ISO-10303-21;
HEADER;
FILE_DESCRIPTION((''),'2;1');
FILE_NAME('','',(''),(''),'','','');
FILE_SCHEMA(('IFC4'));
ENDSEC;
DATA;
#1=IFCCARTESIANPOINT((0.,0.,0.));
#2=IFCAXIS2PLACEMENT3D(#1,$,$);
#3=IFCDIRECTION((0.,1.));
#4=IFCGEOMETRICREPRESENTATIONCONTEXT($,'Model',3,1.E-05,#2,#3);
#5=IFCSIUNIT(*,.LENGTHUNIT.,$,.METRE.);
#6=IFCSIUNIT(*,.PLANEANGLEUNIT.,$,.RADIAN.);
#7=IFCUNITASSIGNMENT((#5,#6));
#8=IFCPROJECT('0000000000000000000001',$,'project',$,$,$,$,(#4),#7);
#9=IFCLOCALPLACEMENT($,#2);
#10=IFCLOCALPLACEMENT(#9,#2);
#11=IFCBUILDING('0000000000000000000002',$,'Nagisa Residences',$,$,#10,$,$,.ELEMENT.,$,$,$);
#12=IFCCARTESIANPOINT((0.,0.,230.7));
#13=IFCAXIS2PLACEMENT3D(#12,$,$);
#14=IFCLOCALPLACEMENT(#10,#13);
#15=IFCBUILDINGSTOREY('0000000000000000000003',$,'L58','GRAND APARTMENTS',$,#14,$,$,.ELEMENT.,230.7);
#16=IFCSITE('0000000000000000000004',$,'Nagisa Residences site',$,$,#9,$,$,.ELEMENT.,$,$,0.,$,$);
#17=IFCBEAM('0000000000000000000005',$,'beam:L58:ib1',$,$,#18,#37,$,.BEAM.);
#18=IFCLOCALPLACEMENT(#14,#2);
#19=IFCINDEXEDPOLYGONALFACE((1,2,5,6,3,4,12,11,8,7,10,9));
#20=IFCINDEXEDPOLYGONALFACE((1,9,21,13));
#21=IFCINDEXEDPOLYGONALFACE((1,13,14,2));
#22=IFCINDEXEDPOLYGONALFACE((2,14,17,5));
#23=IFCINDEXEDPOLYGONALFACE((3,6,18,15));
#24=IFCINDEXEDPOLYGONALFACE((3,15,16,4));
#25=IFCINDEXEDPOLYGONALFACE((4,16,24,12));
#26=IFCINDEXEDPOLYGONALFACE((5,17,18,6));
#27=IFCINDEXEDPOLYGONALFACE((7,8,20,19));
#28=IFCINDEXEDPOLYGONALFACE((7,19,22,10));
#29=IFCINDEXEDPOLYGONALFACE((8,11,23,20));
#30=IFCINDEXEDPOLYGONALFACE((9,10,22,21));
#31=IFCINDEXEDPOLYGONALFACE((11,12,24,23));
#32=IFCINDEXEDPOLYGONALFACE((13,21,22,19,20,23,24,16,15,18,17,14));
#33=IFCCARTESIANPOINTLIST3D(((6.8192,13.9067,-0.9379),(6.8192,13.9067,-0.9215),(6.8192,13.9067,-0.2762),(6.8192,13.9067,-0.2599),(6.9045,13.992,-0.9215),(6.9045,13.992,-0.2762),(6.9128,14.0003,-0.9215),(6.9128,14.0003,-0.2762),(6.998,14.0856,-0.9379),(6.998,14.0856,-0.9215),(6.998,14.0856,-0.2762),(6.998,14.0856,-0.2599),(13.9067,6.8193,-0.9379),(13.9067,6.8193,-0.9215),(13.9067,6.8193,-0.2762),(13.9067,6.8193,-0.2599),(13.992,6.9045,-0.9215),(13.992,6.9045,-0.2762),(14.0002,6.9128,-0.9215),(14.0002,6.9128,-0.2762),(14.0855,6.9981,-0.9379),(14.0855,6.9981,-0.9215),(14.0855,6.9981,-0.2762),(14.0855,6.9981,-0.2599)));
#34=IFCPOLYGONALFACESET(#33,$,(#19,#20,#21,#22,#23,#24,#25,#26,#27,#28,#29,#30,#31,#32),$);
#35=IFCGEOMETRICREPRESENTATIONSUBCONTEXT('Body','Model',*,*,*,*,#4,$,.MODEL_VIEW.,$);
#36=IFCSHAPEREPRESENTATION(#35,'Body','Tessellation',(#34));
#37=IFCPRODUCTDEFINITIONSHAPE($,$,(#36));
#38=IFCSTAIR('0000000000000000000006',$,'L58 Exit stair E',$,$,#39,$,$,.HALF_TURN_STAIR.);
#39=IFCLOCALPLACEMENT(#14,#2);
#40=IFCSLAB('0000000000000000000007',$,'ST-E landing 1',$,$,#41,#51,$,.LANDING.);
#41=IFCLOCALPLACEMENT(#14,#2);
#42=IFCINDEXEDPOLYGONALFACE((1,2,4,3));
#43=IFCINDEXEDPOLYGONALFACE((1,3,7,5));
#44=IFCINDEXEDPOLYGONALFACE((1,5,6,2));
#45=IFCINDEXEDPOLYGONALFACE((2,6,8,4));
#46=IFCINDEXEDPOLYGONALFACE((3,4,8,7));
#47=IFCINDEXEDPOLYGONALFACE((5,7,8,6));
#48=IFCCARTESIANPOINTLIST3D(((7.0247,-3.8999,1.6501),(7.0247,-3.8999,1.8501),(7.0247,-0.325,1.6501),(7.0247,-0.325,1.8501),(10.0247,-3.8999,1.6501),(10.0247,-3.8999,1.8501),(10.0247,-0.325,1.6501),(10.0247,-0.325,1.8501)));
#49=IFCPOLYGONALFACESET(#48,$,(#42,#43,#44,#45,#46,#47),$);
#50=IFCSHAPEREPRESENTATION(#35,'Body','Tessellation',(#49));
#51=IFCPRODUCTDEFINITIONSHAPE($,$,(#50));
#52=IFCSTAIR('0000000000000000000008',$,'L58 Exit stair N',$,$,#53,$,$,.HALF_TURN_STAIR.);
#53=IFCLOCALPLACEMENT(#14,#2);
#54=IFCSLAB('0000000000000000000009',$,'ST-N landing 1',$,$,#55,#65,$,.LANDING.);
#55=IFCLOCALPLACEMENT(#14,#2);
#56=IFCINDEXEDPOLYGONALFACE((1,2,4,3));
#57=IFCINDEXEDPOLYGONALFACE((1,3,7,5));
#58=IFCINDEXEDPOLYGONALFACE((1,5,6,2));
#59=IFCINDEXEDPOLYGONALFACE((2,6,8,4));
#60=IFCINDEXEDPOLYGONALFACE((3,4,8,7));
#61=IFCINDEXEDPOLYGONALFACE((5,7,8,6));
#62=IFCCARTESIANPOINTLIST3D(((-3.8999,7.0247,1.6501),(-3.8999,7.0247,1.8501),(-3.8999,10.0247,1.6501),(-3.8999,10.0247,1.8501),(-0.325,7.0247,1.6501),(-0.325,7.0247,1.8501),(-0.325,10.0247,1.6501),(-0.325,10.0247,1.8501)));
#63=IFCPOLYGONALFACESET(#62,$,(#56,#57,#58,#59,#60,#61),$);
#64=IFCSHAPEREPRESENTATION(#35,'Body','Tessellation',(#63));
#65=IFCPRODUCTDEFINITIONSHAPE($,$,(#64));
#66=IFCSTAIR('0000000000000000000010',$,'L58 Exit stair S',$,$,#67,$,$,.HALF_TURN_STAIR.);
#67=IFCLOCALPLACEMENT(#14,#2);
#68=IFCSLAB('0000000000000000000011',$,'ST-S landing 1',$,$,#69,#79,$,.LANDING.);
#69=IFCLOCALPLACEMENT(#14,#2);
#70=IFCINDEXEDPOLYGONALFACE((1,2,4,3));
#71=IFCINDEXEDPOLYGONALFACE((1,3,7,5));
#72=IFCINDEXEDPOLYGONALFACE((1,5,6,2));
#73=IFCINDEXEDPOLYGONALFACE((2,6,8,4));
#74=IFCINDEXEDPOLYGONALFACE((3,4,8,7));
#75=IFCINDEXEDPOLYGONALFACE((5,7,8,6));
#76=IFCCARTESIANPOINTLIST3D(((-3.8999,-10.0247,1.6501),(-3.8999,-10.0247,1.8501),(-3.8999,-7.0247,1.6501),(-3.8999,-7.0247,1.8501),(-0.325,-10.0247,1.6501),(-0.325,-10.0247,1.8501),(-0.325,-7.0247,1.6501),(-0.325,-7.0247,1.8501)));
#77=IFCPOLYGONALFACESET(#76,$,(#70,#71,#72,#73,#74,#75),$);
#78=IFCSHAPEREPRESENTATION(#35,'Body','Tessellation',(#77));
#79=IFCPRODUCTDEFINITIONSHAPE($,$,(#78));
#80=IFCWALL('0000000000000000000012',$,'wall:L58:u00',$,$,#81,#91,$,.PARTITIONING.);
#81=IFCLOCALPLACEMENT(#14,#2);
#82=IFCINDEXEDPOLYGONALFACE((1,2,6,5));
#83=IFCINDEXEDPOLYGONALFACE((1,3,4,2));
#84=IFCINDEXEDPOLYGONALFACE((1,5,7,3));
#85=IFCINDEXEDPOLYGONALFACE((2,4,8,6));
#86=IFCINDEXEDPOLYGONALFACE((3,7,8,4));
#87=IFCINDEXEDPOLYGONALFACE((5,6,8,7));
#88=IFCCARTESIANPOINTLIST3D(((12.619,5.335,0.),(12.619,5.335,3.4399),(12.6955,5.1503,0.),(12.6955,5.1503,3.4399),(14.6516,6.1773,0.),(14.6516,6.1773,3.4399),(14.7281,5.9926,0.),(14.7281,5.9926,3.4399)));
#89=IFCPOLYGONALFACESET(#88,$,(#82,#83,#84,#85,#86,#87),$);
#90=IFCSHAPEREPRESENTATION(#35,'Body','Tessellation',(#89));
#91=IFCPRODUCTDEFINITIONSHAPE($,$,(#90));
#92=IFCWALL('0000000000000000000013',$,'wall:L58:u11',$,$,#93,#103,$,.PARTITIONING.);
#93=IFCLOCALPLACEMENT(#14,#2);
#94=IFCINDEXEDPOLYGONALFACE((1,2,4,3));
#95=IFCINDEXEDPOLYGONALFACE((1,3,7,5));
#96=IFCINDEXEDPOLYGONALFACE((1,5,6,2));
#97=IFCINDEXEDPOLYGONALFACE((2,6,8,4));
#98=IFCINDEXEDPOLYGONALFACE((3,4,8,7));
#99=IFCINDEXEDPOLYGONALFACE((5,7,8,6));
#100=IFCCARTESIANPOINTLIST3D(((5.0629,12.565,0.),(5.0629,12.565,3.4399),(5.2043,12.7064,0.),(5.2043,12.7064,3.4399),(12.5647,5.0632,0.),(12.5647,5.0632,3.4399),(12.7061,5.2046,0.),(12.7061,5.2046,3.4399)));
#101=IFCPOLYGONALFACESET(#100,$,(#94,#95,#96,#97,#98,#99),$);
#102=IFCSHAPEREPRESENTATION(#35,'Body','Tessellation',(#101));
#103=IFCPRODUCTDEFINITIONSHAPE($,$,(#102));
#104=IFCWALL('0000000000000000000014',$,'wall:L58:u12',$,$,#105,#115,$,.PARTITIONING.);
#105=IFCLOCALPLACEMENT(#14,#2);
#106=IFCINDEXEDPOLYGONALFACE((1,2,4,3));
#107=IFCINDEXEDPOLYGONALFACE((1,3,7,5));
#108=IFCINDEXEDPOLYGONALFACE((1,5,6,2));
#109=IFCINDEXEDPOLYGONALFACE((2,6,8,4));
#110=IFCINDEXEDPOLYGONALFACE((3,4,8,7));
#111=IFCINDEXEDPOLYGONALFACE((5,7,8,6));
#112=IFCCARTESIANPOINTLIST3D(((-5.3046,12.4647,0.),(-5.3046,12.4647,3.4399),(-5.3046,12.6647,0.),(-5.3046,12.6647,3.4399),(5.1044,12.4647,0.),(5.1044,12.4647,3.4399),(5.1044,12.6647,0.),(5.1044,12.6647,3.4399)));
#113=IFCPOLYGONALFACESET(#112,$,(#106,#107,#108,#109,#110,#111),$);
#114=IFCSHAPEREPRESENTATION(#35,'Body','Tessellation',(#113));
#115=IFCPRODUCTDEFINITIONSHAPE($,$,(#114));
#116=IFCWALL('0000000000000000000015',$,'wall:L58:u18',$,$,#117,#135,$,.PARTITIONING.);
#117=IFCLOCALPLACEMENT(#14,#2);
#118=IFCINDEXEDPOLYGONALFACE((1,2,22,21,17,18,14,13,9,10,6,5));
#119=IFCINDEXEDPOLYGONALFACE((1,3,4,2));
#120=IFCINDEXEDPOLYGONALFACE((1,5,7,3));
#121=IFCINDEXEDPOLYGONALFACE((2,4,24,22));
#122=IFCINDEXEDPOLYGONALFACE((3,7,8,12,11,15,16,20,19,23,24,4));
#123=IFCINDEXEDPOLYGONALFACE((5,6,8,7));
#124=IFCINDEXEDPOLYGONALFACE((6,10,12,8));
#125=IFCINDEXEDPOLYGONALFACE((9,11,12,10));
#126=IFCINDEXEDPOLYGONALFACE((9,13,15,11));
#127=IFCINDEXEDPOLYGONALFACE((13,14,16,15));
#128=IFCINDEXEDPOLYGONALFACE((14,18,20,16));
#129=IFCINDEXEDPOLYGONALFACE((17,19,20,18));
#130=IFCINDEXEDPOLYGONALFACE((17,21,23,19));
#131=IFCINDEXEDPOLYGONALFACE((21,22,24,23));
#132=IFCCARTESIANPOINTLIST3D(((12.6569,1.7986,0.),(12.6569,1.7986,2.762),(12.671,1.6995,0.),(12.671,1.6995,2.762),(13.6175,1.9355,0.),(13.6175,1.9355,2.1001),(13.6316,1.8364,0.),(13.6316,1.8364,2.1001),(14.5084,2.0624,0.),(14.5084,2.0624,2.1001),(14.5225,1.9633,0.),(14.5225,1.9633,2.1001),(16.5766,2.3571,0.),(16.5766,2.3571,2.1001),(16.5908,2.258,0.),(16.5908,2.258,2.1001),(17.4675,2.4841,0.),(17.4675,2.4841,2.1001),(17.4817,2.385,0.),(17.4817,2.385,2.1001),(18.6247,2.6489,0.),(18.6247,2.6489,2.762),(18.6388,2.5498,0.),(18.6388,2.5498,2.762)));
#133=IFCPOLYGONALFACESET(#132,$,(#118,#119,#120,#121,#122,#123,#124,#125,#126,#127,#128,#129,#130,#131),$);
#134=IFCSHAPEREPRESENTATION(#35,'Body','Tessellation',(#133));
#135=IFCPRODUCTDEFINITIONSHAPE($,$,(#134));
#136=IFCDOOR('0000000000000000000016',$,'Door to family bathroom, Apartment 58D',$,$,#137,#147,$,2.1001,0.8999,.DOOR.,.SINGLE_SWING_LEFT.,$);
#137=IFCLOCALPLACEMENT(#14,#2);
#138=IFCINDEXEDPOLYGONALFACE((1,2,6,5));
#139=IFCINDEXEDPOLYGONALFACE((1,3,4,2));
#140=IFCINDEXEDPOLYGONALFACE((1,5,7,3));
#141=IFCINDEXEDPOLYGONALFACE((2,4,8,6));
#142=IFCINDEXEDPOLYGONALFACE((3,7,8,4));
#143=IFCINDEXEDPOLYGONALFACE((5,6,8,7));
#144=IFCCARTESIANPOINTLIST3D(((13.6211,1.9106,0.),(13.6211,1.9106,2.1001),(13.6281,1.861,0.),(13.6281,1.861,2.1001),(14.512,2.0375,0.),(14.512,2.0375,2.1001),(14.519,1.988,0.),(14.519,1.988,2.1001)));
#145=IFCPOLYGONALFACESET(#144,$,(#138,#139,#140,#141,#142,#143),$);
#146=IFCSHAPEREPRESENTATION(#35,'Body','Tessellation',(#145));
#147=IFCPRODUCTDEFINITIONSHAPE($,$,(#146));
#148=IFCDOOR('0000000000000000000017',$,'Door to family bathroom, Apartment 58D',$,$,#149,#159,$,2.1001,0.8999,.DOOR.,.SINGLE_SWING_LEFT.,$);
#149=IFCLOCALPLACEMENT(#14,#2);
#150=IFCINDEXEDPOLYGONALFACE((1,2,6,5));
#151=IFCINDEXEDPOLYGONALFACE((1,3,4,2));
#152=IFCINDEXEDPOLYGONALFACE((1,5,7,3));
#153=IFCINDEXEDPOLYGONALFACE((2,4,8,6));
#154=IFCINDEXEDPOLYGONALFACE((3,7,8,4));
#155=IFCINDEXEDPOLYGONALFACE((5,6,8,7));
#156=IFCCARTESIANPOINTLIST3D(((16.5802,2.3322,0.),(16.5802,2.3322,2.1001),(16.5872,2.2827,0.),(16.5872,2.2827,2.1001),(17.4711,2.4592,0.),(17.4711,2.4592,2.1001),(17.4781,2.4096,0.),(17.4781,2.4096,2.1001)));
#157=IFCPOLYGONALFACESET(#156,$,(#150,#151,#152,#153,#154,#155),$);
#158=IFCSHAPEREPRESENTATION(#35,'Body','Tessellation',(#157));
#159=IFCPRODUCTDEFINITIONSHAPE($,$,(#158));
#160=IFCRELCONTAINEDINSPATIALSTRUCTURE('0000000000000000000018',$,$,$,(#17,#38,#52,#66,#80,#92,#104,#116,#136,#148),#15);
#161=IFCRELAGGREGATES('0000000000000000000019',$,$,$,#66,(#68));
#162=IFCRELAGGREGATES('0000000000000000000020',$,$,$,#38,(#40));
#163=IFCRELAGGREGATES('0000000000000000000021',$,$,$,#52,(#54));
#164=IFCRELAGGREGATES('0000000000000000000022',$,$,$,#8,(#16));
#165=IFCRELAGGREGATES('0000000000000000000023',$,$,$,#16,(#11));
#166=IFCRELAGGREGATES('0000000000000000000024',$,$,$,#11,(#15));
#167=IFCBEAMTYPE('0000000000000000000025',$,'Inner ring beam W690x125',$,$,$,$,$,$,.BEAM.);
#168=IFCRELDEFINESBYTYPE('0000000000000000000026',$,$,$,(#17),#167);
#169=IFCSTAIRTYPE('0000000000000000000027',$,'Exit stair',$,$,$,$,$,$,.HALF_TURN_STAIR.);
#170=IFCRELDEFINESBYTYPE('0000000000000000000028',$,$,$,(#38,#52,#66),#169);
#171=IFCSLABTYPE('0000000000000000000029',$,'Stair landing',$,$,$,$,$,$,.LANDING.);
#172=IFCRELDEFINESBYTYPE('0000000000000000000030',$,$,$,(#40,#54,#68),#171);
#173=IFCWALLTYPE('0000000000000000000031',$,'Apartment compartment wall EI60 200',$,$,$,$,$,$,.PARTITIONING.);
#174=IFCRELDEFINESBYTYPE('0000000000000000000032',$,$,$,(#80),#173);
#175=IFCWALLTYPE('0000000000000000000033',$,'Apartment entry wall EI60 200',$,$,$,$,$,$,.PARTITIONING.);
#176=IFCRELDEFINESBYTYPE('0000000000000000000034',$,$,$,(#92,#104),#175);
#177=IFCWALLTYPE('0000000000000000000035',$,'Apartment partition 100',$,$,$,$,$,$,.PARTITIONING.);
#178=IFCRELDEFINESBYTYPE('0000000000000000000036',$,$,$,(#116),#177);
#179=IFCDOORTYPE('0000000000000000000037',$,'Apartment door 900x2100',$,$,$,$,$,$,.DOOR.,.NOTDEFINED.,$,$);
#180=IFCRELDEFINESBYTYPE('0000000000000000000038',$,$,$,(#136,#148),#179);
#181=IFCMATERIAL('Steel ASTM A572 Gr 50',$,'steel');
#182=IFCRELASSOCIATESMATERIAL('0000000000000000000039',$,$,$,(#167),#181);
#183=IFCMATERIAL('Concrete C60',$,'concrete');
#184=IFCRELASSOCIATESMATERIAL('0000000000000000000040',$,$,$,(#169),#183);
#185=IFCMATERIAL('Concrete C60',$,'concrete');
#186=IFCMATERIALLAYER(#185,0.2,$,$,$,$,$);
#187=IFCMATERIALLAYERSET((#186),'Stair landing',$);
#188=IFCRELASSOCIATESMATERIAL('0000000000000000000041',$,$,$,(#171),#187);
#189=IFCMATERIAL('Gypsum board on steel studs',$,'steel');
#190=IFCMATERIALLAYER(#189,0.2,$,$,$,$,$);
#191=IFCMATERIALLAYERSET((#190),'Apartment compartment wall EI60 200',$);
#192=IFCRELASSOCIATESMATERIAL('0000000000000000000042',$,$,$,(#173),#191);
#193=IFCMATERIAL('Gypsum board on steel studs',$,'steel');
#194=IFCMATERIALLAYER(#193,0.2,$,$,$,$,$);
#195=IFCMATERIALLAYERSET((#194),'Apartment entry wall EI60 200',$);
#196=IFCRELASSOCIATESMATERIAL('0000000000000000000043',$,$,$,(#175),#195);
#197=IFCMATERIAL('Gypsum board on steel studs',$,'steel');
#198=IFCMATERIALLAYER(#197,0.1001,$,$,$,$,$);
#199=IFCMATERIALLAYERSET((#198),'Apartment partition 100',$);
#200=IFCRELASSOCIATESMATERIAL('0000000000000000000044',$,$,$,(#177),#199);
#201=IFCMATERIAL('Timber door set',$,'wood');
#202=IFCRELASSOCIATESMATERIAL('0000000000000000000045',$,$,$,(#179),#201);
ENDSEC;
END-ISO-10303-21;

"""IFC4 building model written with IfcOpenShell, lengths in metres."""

from ifc_helpers import new_model, si_unit, direction, frame, frame_2d, origin, origin_2d, place, context, subcontext, project, spatial, polyline, rectangle, i_section, outline, extrude, material, layer, layer_set, material_profile, profile_set, type_object, element, fill, aggregate, save


model = new_model("IFC4")

# Units and contexts
model_context = context("Model", 3, precision=1e-05, world=origin(), true_north=direction((0.0, 1.0)))
body_context = subcontext(model_context, "Body", "Model", "MODEL_VIEW")
ifc_project = project(units=[si_unit("LENGTHUNIT", "METRE"), si_unit("PLANEANGLEUNIT", "RADIAN")], contexts=[model_context])

# Site, building, storey
site_placement = place(None, origin())
site = spatial("IfcSite", under=ifc_project, at=site_placement, Name="Nagisa Residences site", CompositionType="ELEMENT", RefElevation=0.0)
building_placement = place(site_placement, origin())
building = spatial("IfcBuilding", under=site, at=building_placement, Name="Nagisa Residences", CompositionType="ELEMENT")
storey_placement = place(building_placement, frame((0.0, 0.0, 230.7)))
storey = spatial("IfcBuildingStorey", under=building, at=storey_placement, Name="L58", Description="GRAND APARTMENTS", CompositionType="ELEMENT", Elevation=230.7)

# Beam
ifc_material_1 = material(Name="Steel ASTM A572 Gr 50", Category="steel")
ifc_material_profile = material_profile(ifc_material_1, i_section(OverallWidth=0.2529, OverallDepth=0.678, WebThickness=0.0117, FlangeThickness=0.0164, at=origin_2d()), Name="W690x125")
ifc_profile_set = profile_set([ifc_material_profile], Name="Steel ASTM A572 Gr 50")
beam_type = type_object("IfcBeamType", Name="Inner ring beam W690x125", PredefinedType="BEAM", material=ifc_profile_set)
beam_placement = place(storey_placement, frame((13.9961, 6.9087, -0.5989), z_axis=(-0.707107, 0.707107, 0.0), x_axis=(-0.707107, -0.707107, 0.0)))
element("IfcBeam", 1, at=beam_placement, inside=storey, type_object=beam_type, Name="beam:L58:ib1", PredefinedType="BEAM", context=body_context, shape_type="SweptSolid", body=[
    extrude(i_section(OverallWidth=0.2529, OverallDepth=0.678, WebThickness=0.0117, FlangeThickness=0.0164, at=origin_2d()), origin(), (0.0, 0.0, 1.0), 10.0232),
])

# Stairs, slabs
ifc_material_2 = material(Name="Concrete C60", Category="concrete")
stair_type = type_object("IfcStairType", Name="Exit stair", PredefinedType="HALF_TURN_STAIR", material=ifc_material_2)
stair_1_placement = place(storey_placement, origin())
stair_1 = element("IfcStair", 2, at=stair_1_placement, inside=storey, type_object=stair_type, Name="L58 Exit stair E", PredefinedType="HALF_TURN_STAIR")
ifc_material_3 = material(Name="Concrete C60", Category="concrete")
ifc_layer_1 = layer(ifc_material_3, 0.2)
ifc_layer_set_1 = layer_set([ifc_layer_1], Name="Stair landing")
slab_type = type_object("IfcSlabType", Name="Stair landing", PredefinedType="LANDING", material=ifc_layer_set_1)
slab_1_placement = place(storey_placement, frame((0.0, 0.0, 1.6501)))
slab_1 = element("IfcSlab", 3, at=slab_1_placement, type_object=slab_type, Name="ST-E landing 1", PredefinedType="LANDING", context=body_context, shape_type="SweptSolid", body=[
    extrude(outline(polyline([(7.0247, -0.325), (7.0247, -3.8999), (10.0247, -3.8999), (10.0247, -0.325), (7.0247, -0.325)])), origin(), (0.0, 0.0, 1.0), 0.2),
])
stair_2_placement = place(storey_placement, origin())
stair_2 = element("IfcStair", 4, at=stair_2_placement, inside=storey, type_object=stair_type, Name="L58 Exit stair N", PredefinedType="HALF_TURN_STAIR")
slab_2_placement = place(storey_placement, frame((0.0, 0.0, 1.6501)))
slab_2 = element("IfcSlab", 5, at=slab_2_placement, type_object=slab_type, Name="ST-N landing 1", PredefinedType="LANDING", context=body_context, shape_type="SweptSolid", body=[
    extrude(outline(polyline([(-0.325, 10.0247), (-3.8999, 10.0247), (-3.8999, 7.0247), (-0.325, 7.0247), (-0.325, 10.0247)])), origin(), (0.0, 0.0, 1.0), 0.2),
])
stair_3_placement = place(storey_placement, origin())
stair_3 = element("IfcStair", 6, at=stair_3_placement, inside=storey, type_object=stair_type, Name="L58 Exit stair S", PredefinedType="HALF_TURN_STAIR")
slab_3_placement = place(storey_placement, frame((0.0, 0.0, 1.6501)))
slab_3 = element("IfcSlab", 7, at=slab_3_placement, type_object=slab_type, Name="ST-S landing 1", PredefinedType="LANDING", context=body_context, shape_type="SweptSolid", body=[
    extrude(outline(polyline([(-0.325, -7.0247), (-3.8999, -7.0247), (-3.8999, -10.0247), (-0.325, -10.0247), (-0.325, -7.0247)])), origin(), (0.0, 0.0, 1.0), 0.2),
])
aggregate(stair_3, [slab_3])

# Walls
ifc_material_4 = material(Name="Gypsum board on steel studs", Category="steel")
ifc_layer_2 = layer(ifc_material_4, 0.2)
ifc_layer_set_2 = layer_set([ifc_layer_2], Name="Apartment compartment wall EI60 200")
wall_type_1 = type_object("IfcWallType", Name="Apartment compartment wall EI60 200", PredefinedType="PARTITIONING", material=ifc_layer_set_2)
wall_1_placement = place(storey_placement, frame((12.6572, 5.2427, 0.0), z_axis=(0.0, 0.0, 1.0), x_axis=(0.92383, 0.382803, 0.0)))
element("IfcWall", 8, at=wall_1_placement, inside=storey, type_object=wall_type_1, Name="wall:L58:u00", PredefinedType="PARTITIONING", context=body_context, shape_type="SweptSolid", body=[
    extrude(rectangle(XDim=2.2002, YDim=0.2, at=frame_2d((1.1001, 0.0))), origin(), (0.0, 0.0, 1.0), 3.4399),
])
ifc_material_5 = material(Name="Gypsum board on steel studs", Category="steel")
ifc_layer_3 = layer(ifc_material_5, 0.2)
ifc_layer_set_3 = layer_set([ifc_layer_3], Name="Apartment entry wall EI60 200")
wall_type_2 = type_object("IfcWallType", Name="Apartment entry wall EI60 200", PredefinedType="PARTITIONING", material=ifc_layer_set_3)
wall_2_placement = place(storey_placement, frame((12.6355, 5.1338, 0.0), z_axis=(0.0, 0.0, 1.0), x_axis=(-0.707107, 0.707107, 0.0)))
element("IfcWall", 9, at=wall_2_placement, inside=storey, type_object=wall_type_2, Name="wall:L58:u11", PredefinedType="PARTITIONING", context=body_context, shape_type="SweptSolid", body=[
    extrude(rectangle(XDim=10.6091, YDim=0.2, at=frame_2d((5.3047, 0.0))), origin(), (0.0, 0.0, 1.0), 3.4399),
])
wall_3_placement = place(storey_placement, frame((5.1045, 12.5647, 0.0), z_axis=(0.0, 0.0, 1.0), x_axis=(-1.0, 0.0, 0.0)))
element("IfcWall", 10, at=wall_3_placement, inside=storey, type_object=wall_type_2, Name="wall:L58:u12", PredefinedType="PARTITIONING", context=body_context, shape_type="SweptSolid", body=[
    extrude(rectangle(XDim=10.4089, YDim=0.2, at=frame_2d((5.2046, 0.0))), origin(), (0.0, 0.0, 1.0), 3.4399),
])

# Wall, openings, doors
ifc_material_6 = material(Name="Gypsum board on steel studs", Category="steel")
ifc_layer_4 = layer(ifc_material_6, 0.1001)
ifc_layer_set_4 = layer_set([ifc_layer_4], Name="Apartment partition 100")
wall_type_3 = type_object("IfcWallType", Name="Apartment partition 100", PredefinedType="PARTITIONING", material=ifc_layer_set_4)
wall_4_placement = place(storey_placement, frame((12.6638, 1.749, 0.0), z_axis=(0.0, 0.0, 1.0), x_axis=(0.99, 0.141064, 0.0)))
wall_4 = element("IfcWall", 11, at=wall_4_placement, inside=storey, type_object=wall_type_3, Name="wall:L58:u18", PredefinedType="PARTITIONING", context=body_context, shape_type="SweptSolid", body=[
    extrude(rectangle(XDim=6.0281, YDim=0.1001, at=frame_2d((3.0142, 0.0))), origin(), (0.0, 0.0, 1.0), 2.762),
])
opening_1_placement = place(wall_4_placement, frame((0.9705, 0.0, 0.0)))
opening_1 = element("IfcOpeningElement", 12, at=opening_1_placement, cuts=wall_4, PredefinedType="OPENING", context=body_context, shape_type="SweptSolid", body=[
    extrude(rectangle(XDim=0.8999, YDim=2.1001, at=frame_2d((0.45, 1.05))), frame((0.0, 0.0601, 0.0), z_axis=(0.0, -1.0, 0.0), x_axis=(1.0, 0.0, 0.0)), (0.0, 0.0, 1.0), 0.1201),
])
opening_2_placement = place(wall_4_placement, frame((3.9595, 0.0, 0.0)))
opening_2 = element("IfcOpeningElement", 13, at=opening_2_placement, cuts=wall_4, PredefinedType="OPENING", context=body_context, shape_type="SweptSolid", body=[
    extrude(rectangle(XDim=0.8999, YDim=2.1001, at=frame_2d((0.45, 1.05))), frame((0.0, 0.0601, 0.0), z_axis=(0.0, -1.0, 0.0), x_axis=(1.0, 0.0, 0.0)), (0.0, 0.0, 1.0), 0.1201),
])
ifc_material_7 = material(Name="Timber door set", Category="wood")
door_type_1 = type_object("IfcDoorType", Name="Apartment door 900x2100", OperationType="NOTDEFINED", PredefinedType="DOOR", material=ifc_material_7)
door_1_placement = place(opening_1_placement, origin())
door_1 = element("IfcDoor", 14, at=door_1_placement, inside=storey, type_object=door_type_1, Name="Door to family bathroom, Apartment 58D", OperationType="SINGLE_SWING_LEFT", OverallHeight=2.1001, OverallWidth=0.8999, PredefinedType="DOOR", context=body_context, shape_type="SweptSolid", body=[
    extrude(rectangle(XDim=0.8999, YDim=2.1001, at=frame_2d((0.45, 1.05))), frame((0.0, 0.0249, 0.0), z_axis=(0.0, -1.0, 0.0), x_axis=(1.0, 0.0, 0.0)), (0.0, 0.0, 1.0), 0.05),
])
fill(opening_1, door_1)
door_2_placement = place(opening_2_placement, origin())
door_2 = element("IfcDoor", 15, at=door_2_placement, inside=storey, type_object=door_type_1, Name="Door to family bathroom, Apartment 58D", OperationType="SINGLE_SWING_LEFT", OverallHeight=2.1001, OverallWidth=0.8999, PredefinedType="DOOR", context=body_context, shape_type="SweptSolid", body=[
    extrude(rectangle(XDim=0.8999, YDim=2.1001, at=frame_2d((0.45, 1.05))), frame((0.0, 0.0249, 0.0), z_axis=(0.0, -1.0, 0.0), x_axis=(1.0, 0.0, 0.0)), (0.0, 0.0, 1.0), 0.05),
])
fill(opening_2, door_2)

aggregate(stair_1, [slab_1])
aggregate(stair_2, [slab_2])

save(model, "model.ifc")
